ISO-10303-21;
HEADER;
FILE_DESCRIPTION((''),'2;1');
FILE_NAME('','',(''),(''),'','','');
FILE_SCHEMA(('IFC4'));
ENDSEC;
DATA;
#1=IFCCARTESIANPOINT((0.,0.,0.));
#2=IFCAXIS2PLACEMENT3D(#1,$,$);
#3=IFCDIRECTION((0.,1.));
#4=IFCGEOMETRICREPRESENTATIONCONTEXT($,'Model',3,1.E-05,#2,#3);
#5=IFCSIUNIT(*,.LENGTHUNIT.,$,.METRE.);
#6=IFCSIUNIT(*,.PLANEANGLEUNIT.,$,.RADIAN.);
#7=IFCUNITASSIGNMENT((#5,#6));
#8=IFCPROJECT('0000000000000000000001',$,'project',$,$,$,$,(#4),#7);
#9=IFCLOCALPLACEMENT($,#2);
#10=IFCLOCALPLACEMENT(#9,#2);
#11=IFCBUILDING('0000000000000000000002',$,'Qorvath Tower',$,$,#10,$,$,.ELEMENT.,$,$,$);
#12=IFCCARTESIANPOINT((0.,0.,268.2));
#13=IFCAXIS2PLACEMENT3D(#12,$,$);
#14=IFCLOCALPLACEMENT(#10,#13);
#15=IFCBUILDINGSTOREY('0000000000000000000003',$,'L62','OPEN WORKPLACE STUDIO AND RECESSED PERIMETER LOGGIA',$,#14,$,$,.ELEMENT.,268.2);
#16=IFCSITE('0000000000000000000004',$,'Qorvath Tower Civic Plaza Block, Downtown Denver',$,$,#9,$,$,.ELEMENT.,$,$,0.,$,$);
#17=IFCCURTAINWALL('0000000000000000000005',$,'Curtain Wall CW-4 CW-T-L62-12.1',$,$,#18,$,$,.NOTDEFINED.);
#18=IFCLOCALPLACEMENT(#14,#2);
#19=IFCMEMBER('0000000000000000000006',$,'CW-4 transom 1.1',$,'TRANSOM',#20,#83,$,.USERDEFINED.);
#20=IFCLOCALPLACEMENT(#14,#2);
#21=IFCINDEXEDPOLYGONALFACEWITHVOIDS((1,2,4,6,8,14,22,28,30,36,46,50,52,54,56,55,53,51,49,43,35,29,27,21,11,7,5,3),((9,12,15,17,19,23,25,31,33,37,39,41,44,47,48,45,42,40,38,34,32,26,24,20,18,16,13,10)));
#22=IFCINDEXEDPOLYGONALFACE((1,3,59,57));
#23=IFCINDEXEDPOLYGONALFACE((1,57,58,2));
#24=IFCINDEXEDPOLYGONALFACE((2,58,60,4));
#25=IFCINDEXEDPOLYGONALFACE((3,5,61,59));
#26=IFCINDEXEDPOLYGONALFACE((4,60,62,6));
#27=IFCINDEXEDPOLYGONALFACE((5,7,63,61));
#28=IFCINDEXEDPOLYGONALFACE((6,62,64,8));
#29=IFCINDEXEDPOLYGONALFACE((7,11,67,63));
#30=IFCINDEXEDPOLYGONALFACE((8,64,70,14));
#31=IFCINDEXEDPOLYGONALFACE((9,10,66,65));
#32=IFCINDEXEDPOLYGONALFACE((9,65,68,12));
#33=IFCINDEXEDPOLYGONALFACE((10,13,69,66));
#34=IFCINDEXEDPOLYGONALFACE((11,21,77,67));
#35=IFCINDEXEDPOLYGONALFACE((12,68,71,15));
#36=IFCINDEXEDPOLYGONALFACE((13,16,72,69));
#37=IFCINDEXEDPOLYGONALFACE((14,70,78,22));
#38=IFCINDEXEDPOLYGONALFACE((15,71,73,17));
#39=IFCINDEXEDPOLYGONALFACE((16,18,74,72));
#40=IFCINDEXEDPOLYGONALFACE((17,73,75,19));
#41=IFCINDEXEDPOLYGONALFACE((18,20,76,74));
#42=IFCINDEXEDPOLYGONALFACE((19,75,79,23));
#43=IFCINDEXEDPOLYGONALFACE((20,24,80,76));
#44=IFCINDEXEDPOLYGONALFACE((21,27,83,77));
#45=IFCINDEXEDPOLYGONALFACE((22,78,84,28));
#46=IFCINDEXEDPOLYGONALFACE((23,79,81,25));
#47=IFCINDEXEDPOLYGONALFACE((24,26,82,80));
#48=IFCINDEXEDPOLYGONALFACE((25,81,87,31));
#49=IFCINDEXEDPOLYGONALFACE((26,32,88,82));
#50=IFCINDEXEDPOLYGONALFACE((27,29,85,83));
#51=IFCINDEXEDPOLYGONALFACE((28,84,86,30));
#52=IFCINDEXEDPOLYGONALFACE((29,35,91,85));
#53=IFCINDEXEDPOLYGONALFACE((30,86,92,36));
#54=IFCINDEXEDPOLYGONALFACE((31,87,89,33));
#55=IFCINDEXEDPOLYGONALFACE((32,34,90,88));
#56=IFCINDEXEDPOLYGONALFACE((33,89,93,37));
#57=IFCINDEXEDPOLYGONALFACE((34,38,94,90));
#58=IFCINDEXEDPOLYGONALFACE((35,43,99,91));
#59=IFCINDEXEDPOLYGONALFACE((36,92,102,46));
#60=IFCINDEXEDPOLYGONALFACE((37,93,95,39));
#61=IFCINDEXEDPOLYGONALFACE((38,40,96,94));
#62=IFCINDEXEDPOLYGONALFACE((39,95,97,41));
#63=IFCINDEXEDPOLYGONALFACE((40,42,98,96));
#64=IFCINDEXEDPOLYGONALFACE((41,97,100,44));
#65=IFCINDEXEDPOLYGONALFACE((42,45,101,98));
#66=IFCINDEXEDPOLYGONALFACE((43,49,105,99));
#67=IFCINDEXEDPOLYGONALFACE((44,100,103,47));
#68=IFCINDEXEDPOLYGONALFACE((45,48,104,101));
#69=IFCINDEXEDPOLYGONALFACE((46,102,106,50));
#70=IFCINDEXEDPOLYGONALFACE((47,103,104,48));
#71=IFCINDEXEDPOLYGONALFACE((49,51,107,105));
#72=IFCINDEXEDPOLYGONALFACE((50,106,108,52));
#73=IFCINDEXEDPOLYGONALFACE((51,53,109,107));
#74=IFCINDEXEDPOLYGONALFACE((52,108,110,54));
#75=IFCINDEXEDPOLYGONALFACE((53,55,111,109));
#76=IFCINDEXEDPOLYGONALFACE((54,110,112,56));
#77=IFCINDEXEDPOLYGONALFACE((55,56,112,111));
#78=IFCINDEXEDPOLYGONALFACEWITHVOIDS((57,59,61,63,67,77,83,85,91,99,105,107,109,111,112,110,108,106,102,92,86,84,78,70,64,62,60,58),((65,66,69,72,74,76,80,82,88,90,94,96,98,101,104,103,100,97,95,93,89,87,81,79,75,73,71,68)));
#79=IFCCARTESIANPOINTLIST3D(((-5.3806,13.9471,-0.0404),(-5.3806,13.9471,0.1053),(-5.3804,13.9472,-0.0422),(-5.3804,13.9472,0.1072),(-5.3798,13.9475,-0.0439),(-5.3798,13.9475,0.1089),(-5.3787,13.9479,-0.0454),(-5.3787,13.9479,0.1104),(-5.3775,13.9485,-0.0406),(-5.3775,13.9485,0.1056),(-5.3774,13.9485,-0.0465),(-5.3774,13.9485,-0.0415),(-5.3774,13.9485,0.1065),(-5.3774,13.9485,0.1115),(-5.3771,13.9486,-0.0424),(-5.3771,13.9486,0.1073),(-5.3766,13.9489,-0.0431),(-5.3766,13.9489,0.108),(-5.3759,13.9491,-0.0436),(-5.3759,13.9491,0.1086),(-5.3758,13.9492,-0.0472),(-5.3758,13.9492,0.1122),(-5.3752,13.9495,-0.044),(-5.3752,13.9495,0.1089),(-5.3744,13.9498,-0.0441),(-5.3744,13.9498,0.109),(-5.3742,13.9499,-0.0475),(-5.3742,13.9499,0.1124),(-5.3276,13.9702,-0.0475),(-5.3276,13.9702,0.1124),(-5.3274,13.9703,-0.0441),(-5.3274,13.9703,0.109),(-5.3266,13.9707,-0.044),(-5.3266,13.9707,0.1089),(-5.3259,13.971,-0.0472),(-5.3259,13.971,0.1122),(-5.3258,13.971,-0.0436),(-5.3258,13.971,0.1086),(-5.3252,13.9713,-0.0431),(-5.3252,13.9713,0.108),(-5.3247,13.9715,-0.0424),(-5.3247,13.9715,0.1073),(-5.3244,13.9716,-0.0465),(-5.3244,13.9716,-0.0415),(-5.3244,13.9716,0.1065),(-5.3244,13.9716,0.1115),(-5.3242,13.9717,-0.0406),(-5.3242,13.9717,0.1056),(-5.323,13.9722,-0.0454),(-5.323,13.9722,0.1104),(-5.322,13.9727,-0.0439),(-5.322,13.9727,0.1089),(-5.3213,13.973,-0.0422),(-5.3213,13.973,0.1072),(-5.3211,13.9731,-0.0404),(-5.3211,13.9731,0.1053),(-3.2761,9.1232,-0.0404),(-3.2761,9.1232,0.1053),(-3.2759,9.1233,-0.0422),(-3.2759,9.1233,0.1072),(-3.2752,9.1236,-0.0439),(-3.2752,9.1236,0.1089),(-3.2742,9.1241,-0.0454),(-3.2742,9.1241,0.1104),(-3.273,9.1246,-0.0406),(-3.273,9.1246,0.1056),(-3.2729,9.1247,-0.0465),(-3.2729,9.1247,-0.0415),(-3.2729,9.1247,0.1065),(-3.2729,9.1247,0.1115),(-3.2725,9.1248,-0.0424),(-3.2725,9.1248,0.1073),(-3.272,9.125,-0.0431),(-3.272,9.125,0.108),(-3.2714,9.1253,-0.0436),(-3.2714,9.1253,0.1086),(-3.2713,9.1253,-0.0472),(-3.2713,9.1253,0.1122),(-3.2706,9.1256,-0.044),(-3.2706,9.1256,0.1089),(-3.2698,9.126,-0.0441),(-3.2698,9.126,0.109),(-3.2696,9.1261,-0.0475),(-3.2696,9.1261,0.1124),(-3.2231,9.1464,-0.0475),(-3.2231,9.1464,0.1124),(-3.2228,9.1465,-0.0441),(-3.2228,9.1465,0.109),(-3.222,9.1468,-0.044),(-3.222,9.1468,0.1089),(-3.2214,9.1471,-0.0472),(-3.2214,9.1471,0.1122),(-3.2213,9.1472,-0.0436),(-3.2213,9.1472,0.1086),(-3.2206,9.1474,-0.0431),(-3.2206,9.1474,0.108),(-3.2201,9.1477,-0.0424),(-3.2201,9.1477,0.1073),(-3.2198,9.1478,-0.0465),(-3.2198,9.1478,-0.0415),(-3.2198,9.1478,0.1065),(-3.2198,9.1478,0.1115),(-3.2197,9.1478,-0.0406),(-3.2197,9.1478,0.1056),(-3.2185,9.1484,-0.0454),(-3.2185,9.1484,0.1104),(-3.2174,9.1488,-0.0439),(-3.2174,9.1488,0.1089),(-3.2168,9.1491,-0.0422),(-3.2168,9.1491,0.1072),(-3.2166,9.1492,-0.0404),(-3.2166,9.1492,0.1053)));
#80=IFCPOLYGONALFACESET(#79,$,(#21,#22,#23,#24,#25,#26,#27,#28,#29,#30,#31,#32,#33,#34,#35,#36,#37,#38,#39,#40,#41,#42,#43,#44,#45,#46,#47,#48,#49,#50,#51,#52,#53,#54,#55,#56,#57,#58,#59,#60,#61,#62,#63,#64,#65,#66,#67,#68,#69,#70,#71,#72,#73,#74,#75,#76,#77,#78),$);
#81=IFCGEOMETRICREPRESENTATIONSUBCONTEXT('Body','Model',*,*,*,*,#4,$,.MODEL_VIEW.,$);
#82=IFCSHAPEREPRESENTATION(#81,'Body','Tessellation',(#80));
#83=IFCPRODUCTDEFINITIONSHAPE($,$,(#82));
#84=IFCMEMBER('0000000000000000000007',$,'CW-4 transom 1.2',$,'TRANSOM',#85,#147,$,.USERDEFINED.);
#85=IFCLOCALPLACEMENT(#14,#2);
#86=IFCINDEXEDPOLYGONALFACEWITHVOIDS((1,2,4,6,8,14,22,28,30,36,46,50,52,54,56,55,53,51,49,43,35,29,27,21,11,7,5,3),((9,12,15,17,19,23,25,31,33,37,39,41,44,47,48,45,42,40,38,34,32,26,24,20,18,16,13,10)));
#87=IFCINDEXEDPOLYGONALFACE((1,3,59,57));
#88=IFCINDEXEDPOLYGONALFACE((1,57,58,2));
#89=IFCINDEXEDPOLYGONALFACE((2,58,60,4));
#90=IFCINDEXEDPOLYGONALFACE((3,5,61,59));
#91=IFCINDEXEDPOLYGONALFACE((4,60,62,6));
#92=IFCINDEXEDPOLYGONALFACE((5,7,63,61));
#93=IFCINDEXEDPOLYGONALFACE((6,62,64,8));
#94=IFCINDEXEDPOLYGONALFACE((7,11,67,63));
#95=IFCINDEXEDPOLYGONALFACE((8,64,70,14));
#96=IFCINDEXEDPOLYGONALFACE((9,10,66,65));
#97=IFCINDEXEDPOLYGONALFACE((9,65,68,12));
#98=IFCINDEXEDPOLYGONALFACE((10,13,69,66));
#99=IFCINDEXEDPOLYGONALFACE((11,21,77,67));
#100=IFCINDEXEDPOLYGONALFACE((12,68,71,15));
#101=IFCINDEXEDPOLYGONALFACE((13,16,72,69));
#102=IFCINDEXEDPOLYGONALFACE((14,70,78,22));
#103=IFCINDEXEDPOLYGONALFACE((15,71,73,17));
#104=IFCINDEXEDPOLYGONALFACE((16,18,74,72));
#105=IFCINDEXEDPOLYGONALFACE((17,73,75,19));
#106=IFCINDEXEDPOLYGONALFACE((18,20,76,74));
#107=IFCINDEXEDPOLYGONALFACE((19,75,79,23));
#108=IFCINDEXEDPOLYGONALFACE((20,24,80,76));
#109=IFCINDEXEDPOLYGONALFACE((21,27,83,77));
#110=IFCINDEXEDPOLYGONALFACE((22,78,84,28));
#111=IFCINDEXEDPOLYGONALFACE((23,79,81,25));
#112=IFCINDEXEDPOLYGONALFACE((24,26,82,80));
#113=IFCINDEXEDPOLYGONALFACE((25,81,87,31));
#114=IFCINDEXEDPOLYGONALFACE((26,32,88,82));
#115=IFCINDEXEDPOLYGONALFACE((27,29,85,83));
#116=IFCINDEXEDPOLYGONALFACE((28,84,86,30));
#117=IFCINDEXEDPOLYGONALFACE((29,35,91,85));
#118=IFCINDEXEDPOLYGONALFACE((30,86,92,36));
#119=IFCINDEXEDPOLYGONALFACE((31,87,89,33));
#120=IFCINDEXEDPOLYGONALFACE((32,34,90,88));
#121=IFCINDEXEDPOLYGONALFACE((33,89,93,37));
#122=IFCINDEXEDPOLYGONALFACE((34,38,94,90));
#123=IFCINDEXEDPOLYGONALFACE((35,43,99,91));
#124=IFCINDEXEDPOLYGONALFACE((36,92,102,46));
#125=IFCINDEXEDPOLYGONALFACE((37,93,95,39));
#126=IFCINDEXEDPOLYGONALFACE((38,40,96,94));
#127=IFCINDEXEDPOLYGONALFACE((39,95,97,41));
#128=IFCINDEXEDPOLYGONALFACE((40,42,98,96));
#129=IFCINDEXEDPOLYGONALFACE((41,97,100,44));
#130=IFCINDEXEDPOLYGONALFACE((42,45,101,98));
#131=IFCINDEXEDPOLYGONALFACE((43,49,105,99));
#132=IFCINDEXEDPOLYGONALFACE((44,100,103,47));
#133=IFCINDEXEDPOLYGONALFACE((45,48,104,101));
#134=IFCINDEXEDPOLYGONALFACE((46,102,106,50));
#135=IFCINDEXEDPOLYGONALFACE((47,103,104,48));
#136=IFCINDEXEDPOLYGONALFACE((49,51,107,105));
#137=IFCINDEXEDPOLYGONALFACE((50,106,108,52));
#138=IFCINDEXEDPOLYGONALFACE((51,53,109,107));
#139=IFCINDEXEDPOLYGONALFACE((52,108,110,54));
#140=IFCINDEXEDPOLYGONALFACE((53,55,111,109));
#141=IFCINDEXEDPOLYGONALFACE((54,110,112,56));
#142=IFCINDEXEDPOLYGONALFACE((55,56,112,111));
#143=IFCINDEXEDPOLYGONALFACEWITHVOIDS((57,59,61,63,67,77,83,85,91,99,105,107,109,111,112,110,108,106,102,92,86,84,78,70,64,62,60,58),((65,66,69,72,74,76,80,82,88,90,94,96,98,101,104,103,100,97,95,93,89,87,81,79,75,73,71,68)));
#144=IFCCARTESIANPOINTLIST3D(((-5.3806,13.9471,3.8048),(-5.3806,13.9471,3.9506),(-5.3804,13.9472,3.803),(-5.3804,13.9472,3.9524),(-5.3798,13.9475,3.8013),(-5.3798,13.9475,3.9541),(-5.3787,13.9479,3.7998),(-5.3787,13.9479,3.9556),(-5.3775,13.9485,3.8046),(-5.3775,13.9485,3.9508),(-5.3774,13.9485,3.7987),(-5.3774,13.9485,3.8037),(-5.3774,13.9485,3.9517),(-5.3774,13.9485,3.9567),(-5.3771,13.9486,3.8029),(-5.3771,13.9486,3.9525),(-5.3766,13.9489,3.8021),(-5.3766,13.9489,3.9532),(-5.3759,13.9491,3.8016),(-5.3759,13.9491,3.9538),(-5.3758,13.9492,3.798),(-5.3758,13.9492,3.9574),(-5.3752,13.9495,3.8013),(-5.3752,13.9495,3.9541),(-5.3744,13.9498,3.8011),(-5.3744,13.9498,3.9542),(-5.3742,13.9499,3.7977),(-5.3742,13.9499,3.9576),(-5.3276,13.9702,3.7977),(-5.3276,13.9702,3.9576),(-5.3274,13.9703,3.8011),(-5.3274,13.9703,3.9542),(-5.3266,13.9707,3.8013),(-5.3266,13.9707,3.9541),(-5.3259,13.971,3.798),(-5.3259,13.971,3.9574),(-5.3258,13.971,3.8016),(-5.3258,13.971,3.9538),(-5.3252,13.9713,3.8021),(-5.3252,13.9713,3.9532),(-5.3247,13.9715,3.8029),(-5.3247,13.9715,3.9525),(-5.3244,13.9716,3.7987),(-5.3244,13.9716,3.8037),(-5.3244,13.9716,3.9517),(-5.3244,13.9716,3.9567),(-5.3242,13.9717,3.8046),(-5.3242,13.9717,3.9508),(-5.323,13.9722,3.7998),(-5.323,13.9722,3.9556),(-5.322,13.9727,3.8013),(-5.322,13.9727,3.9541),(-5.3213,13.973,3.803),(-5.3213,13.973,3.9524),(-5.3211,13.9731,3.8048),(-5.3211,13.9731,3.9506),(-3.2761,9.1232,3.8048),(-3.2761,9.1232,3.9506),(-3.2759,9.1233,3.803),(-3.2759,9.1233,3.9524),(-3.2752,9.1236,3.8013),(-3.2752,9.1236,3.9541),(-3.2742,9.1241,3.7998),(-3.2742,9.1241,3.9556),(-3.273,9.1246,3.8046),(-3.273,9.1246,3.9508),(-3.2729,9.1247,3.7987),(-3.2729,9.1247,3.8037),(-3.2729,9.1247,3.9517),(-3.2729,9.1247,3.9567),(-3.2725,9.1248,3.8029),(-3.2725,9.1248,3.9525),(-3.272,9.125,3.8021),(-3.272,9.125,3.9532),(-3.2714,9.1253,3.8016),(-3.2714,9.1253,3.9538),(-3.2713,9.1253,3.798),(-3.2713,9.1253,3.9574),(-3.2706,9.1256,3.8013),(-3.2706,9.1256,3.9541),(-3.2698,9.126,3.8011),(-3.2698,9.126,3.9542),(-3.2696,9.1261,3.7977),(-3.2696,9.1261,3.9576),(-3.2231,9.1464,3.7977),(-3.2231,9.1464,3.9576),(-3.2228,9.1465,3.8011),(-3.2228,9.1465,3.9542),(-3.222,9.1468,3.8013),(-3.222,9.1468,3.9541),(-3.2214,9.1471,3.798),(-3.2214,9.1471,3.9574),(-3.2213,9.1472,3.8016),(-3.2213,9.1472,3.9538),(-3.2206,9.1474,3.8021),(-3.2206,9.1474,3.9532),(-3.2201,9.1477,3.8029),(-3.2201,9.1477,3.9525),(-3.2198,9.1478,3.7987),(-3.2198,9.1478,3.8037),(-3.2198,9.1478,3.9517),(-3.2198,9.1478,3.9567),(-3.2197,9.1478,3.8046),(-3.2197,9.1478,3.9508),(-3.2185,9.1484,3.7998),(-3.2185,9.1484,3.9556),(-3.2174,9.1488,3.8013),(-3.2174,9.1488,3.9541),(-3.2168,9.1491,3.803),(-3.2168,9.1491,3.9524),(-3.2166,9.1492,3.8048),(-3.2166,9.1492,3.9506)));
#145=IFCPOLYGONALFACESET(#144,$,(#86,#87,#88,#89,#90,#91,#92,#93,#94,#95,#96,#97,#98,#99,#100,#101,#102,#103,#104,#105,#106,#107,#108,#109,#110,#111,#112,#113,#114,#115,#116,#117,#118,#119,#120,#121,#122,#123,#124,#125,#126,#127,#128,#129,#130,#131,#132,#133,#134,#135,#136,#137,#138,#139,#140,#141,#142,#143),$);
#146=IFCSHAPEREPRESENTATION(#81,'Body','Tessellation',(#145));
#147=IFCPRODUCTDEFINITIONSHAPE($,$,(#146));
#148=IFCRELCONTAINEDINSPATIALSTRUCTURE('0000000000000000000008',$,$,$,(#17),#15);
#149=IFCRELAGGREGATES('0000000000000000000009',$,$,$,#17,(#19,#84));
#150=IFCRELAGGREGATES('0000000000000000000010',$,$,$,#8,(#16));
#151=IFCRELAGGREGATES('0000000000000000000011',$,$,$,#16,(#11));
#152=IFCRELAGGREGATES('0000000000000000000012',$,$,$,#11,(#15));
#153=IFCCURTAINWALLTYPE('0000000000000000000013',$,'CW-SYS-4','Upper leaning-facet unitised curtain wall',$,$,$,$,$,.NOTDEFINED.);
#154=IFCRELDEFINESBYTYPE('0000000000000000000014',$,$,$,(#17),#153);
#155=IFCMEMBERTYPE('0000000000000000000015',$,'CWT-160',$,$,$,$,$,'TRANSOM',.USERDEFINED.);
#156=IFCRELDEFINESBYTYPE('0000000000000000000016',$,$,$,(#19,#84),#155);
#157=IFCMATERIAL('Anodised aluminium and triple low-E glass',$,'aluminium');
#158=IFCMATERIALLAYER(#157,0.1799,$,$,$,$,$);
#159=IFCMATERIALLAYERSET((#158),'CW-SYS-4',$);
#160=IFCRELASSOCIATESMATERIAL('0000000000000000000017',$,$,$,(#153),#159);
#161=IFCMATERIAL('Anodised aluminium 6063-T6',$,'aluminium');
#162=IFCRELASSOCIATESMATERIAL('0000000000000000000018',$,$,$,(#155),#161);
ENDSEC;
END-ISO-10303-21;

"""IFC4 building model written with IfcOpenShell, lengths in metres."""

from ifc_helpers import new_model, si_unit, direction, frame, origin, origin_2d, place, context, subcontext, project, spatial, hollow_rectangle, extrude, material, layer, layer_set, material_profile, profile_set, type_object, element, aggregate, save


model = new_model("IFC4")

# Units and contexts
model_context = context("Model", 3, precision=1e-05, world=origin(), true_north=direction((0.0, 1.0)))
body_context = subcontext(model_context, "Body", "Model", "MODEL_VIEW")
ifc_project = project(units=[si_unit("LENGTHUNIT", "METRE"), si_unit("PLANEANGLEUNIT", "RADIAN")], contexts=[model_context])

# Site, building, storey
site_placement = place(None, origin())
site = spatial("IfcSite", under=ifc_project, at=site_placement, Name="Qorvath Tower Civic Plaza Block, Downtown Denver", CompositionType="ELEMENT", RefElevation=0.0)
building_placement = place(site_placement, origin())
building = spatial("IfcBuilding", under=site, at=building_placement, Name="Qorvath Tower", CompositionType="ELEMENT")
storey_placement = place(building_placement, frame((0.0, 0.0, 268.2)))
storey = spatial("IfcBuildingStorey", under=building, at=storey_placement, Name="L62", Description="OPEN WORKPLACE STUDIO AND RECESSED PERIMETER LOGGIA", CompositionType="ELEMENT", Elevation=268.2)

# Shared definitions
ifc_material_1 = material(Name="Anodised aluminium and triple low-E glass", Category="aluminium")
ifc_layer_1 = layer(ifc_material_1, 0.1799)
ifc_layer_set_1 = layer_set([ifc_layer_1], Name="CW-SYS-4")
curtain_wall_type = type_object("IfcCurtainWallType", Name="CW-SYS-4", Description="Upper leaning-facet unitised curtain wall", PredefinedType="NOTDEFINED", material=ifc_layer_set_1)

# Curtain wall
curtain_wall_1_placement = place(storey_placement, origin())
curtain_wall_1 = element("IfcCurtainWall", 1, at=curtain_wall_1_placement, inside=storey, type_object=curtain_wall_type, Name="Curtain Wall CW-4 CW-T-L62-12.1", PredefinedType="NOTDEFINED")

# Members
ifc_material_2 = material(Name="Anodised aluminium 6063-T6", Category="aluminium")
ifc_material_profile_1 = material_profile(ifc_material_2, hollow_rectangle(XDim=0.0649, YDim=0.1599, WallThickness=0.0034, InnerFilletRadius=0.0034, OuterFilletRadius=0.0071, at=origin_2d()), Name="CWT 160x65")
ifc_profile_set_1 = profile_set([ifc_material_profile_1], Name="Anodised aluminium 6063-T6")
member_type_1 = type_object("IfcMemberType", Name="CWT-160", ElementType="TRANSOM", PredefinedType="USERDEFINED", material=ifc_profile_set_1)
member_1_placement = place(storey_placement, frame((-3.2463, 9.1362, 0.0325), z_axis=(-0.399879, 0.916568, 0.0), x_axis=(-0.916568, -0.399879, 0.0)))
member_1 = element("IfcMember", 2, at=member_1_placement, type_object=member_type_1, Name="CW-4 transom 1.1", ObjectType="TRANSOM", PredefinedType="USERDEFINED", context=body_context, shape_type="SweptSolid", body=[
    extrude(hollow_rectangle(XDim=0.0649, YDim=0.1599, WallThickness=0.0034, InnerFilletRadius=0.0034, OuterFilletRadius=0.0071, at=origin_2d()), origin(), (0.0, 0.0, 1.0), 5.2629),
])
member_2_placement = place(storey_placement, frame((-3.2463, 9.1362, 3.8777), z_axis=(-0.399879, 0.916568, 0.0), x_axis=(-0.916568, -0.399879, 0.0)))
member_2 = element("IfcMember", 3, at=member_2_placement, type_object=member_type_1, Name="CW-4 transom 1.2", ObjectType="TRANSOM", PredefinedType="USERDEFINED", context=body_context, shape_type="SweptSolid", body=[
    extrude(hollow_rectangle(XDim=0.0649, YDim=0.1599, WallThickness=0.0034, InnerFilletRadius=0.0034, OuterFilletRadius=0.0071, at=origin_2d()), origin(), (0.0, 0.0, 1.0), 5.2629),
])

aggregate(curtain_wall_1, [member_1, member_2])

save(model, "model.ifc")
